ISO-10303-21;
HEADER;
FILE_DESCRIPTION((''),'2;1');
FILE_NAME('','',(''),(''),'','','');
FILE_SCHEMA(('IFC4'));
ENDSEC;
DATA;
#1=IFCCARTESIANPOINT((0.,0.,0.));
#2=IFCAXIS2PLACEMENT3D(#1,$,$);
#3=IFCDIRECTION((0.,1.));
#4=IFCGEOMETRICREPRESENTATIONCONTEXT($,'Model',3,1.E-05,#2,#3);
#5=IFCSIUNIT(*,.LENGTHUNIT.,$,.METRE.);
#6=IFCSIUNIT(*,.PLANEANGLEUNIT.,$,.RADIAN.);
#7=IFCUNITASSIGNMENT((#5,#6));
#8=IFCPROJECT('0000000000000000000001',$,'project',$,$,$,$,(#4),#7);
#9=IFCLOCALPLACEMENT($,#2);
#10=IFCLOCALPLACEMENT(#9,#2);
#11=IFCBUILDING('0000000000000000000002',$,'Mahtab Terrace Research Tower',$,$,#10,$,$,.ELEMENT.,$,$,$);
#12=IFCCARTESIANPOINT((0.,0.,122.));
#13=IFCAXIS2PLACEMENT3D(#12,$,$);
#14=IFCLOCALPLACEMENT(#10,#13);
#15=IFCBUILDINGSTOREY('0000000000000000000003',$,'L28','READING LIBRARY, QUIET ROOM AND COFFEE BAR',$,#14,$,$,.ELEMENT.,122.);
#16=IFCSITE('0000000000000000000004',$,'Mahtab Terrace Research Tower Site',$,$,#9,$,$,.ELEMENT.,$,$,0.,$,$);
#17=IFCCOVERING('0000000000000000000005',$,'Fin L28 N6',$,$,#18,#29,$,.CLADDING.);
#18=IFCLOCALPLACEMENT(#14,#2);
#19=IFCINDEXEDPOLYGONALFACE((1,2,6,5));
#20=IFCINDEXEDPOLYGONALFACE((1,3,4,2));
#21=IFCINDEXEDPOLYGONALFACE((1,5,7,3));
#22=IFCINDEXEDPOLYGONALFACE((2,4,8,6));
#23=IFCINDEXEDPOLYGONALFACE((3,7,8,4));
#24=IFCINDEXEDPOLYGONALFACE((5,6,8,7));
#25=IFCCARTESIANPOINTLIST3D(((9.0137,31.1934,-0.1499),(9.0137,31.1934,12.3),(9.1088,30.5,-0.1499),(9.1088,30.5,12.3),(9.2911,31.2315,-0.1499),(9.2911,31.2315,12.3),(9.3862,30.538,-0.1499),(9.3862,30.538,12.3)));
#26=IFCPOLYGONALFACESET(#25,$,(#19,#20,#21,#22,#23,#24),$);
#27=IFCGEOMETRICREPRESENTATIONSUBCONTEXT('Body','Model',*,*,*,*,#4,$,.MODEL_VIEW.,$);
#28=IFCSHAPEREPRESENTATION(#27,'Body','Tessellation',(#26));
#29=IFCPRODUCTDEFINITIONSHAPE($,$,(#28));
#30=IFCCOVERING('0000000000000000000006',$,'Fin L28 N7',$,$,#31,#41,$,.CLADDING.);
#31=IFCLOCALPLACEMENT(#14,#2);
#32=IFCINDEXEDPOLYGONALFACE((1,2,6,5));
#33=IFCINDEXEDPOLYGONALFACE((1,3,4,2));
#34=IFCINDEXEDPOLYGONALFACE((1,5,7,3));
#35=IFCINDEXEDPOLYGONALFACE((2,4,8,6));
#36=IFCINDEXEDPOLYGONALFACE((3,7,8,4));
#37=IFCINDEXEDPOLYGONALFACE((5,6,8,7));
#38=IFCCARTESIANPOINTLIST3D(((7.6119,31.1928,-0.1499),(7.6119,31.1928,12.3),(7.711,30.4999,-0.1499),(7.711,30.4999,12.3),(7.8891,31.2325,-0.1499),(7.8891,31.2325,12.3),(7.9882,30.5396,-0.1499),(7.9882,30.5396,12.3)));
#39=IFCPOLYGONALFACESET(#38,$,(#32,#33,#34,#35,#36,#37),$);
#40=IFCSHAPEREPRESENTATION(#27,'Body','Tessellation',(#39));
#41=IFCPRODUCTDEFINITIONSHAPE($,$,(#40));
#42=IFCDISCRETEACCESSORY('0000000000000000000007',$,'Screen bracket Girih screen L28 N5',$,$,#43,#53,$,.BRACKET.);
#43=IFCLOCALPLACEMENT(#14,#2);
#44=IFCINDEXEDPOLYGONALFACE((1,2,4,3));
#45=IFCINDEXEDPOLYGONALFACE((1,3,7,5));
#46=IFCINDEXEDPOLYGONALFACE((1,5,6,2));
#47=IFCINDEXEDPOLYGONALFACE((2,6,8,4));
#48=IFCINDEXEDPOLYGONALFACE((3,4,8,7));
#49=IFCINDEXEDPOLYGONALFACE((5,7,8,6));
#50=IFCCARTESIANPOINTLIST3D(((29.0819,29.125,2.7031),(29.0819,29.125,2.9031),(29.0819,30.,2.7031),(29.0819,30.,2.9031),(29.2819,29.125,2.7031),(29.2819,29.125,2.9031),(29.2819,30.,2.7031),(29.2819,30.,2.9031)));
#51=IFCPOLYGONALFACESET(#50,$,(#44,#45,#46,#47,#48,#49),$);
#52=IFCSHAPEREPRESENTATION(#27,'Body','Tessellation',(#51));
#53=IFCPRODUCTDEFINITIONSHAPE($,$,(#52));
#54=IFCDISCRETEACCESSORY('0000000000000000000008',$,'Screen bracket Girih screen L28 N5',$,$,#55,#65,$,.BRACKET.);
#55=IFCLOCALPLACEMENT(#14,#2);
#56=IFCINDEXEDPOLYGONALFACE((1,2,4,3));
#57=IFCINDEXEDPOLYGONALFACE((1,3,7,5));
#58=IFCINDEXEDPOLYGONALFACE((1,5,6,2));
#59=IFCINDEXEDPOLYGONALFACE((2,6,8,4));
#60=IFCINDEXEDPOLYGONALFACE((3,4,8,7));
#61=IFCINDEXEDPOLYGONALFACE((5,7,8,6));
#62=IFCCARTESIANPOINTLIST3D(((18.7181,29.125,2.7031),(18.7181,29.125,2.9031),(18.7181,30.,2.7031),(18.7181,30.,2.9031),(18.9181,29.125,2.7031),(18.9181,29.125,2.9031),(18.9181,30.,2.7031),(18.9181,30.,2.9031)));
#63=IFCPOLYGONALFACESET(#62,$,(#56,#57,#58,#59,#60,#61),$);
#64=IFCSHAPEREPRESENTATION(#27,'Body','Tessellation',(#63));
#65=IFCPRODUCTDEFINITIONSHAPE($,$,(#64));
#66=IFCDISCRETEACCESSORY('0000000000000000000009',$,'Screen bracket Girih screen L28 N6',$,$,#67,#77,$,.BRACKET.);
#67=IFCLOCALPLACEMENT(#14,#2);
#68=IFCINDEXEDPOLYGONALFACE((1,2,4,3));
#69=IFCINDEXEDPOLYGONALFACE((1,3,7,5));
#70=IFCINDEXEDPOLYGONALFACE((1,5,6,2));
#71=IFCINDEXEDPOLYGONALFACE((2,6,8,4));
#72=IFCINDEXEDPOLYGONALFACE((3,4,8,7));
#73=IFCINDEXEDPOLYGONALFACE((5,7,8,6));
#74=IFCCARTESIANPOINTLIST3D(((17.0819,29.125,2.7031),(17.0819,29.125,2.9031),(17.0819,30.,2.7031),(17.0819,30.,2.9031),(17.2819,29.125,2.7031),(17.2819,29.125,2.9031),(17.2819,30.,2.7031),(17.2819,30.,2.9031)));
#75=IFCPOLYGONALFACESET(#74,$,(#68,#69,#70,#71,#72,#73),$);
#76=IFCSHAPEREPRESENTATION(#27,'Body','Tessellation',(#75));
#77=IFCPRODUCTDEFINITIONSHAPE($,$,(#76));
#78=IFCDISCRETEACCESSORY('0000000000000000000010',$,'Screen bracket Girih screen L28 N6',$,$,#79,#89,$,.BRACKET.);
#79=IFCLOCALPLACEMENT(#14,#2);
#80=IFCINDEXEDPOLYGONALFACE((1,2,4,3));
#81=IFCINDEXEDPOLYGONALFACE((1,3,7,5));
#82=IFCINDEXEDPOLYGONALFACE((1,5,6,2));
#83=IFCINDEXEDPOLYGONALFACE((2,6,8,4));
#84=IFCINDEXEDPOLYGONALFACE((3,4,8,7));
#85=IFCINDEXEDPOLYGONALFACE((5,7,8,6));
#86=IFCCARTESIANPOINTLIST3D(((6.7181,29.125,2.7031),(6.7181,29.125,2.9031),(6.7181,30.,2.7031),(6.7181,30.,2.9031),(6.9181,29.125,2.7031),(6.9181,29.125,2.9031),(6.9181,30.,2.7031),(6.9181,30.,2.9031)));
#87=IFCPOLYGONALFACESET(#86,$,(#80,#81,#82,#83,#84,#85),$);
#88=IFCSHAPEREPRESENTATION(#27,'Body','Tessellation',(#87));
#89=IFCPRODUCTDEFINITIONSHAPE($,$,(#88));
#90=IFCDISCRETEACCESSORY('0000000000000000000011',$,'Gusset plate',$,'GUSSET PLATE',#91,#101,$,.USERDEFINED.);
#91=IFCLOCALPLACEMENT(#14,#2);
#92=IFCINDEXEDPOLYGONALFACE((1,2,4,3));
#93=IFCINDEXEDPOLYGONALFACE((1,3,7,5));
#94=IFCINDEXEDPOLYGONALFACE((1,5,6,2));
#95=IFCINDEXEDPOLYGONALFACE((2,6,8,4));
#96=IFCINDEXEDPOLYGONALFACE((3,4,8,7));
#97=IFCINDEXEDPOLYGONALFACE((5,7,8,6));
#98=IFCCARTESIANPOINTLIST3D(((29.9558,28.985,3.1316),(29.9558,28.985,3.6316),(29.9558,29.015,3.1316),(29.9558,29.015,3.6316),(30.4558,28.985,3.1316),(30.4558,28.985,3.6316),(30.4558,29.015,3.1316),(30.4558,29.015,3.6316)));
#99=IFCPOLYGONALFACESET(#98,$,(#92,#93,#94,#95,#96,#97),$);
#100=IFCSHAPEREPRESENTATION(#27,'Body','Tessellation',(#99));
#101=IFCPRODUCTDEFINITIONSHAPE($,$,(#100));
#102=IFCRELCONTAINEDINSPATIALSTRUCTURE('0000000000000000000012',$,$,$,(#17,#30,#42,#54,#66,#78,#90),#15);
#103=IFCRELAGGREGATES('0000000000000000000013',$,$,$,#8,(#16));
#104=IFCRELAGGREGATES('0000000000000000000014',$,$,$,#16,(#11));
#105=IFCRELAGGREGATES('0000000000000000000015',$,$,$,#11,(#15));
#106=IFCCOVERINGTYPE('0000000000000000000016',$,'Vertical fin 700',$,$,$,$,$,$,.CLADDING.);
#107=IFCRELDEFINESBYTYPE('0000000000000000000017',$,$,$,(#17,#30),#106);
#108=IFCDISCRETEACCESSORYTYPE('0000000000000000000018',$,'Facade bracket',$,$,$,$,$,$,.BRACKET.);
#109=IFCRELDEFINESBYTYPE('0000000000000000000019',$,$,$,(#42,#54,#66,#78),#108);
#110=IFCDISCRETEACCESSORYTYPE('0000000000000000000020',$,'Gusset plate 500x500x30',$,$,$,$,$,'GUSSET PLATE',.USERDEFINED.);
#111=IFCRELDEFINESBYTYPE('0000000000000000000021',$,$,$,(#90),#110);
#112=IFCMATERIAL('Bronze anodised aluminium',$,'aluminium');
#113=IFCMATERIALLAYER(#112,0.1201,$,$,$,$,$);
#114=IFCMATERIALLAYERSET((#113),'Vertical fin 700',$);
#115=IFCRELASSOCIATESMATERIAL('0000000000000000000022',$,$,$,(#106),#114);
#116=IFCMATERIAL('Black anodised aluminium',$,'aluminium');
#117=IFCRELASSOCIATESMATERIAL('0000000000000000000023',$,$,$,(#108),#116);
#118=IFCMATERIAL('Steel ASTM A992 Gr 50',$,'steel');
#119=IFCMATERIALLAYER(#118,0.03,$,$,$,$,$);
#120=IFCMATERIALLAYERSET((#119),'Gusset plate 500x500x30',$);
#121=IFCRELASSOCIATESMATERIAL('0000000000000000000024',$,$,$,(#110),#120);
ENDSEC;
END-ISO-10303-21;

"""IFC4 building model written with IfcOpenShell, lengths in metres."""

from ifc_helpers import new_model, si_unit, direction, frame, origin, origin_2d, place, context, subcontext, project, spatial, rectangle, extrude, material, layer, layer_set, type_object, element, save


model = new_model("IFC4")

# Units and contexts
model_context = context("Model", 3, precision=1e-05, world=origin(), true_north=direction((0.0, 1.0)))
body_context = subcontext(model_context, "Body", "Model", "MODEL_VIEW")
ifc_project = project(units=[si_unit("LENGTHUNIT", "METRE"), si_unit("PLANEANGLEUNIT", "RADIAN")], contexts=[model_context])

# Site, building, storey
site_placement = place(None, origin())
site = spatial("IfcSite", under=ifc_project, at=site_placement, Name="Mahtab Terrace Research Tower Site", CompositionType="ELEMENT", RefElevation=0.0)
building_placement = place(site_placement, origin())
building = spatial("IfcBuilding", under=site, at=building_placement, Name="Mahtab Terrace Research Tower", CompositionType="ELEMENT")
storey_placement = place(building_placement, frame((0.0, 0.0, 122.0)))
storey = spatial("IfcBuildingStorey", under=building, at=storey_placement, Name="L28", Description="READING LIBRARY, QUIET ROOM AND COFFEE BAR", CompositionType="ELEMENT", Elevation=122.0)

# Shared definitions
ifc_material_1 = material(Name="Steel ASTM A992 Gr 50", Category="steel")

# Coverings
ifc_material_2 = material(Name="Bronze anodised aluminium", Category="aluminium")
ifc_layer_1 = layer(ifc_material_2, 0.1201)
ifc_layer_set_1 = layer_set([ifc_layer_1], Name="Vertical fin 700")
covering_type_1 = type_object("IfcCoveringType", Name="Vertical fin 700", PredefinedType="CLADDING", material=ifc_layer_set_1)
for number, where, z_axis, x_axis, name in (
    (1, (9.2, 30.8657, -0.1499), (0.0, 0.0, 1.0), (-0.990725, -0.13588, 0.0), "Fin L28 N6"),
    (2, (7.8, 30.8662, -0.1499), (0.0, 0.0, 1.0), (-0.989918, -0.141642, 0.0), "Fin L28 N7"),
):
    element("IfcCovering", number, at=place(storey_placement, frame(where, z_axis=z_axis, x_axis=x_axis)), inside=storey, type_object=covering_type_1, Name=name, PredefinedType="CLADDING", context=body_context, shape_type="SweptSolid", body=[
        extrude(rectangle(XDim=0.28, YDim=0.7, at=origin_2d()), origin(), (0.0, 0.0, 1.0), 12.45),
    ])

# Discrete accessories
ifc_material_3 = material(Name="Black anodised aluminium", Category="aluminium")
discrete_accessory_type_1 = type_object("IfcDiscreteAccessoryType", Name="Facade bracket", PredefinedType="BRACKET", material=ifc_material_3)
for number, where, z_axis, x_axis, name in (
    (3, (29.1819, 29.5625, 2.7031), (0.0, 0.0, 1.0), (-1.0, 0.0, 0.0), "Screen bracket Girih screen L28 N5"),
    (4, (18.8181, 29.5625, 2.7031), (0.0, 0.0, 1.0), (-1.0, 0.0, 0.0), "Screen bracket Girih screen L28 N5"),
    (5, (17.1819, 29.5625, 2.7031), (0.0, 0.0, 1.0), (-1.0, 0.0, 0.0), "Screen bracket Girih screen L28 N6"),
    (6, (6.8181, 29.5625, 2.7031), (0.0, 0.0, 1.0), (-1.0, 0.0, 0.0), "Screen bracket Girih screen L28 N6"),
):
    element("IfcDiscreteAccessory", number, at=place(storey_placement, frame(where, z_axis=z_axis, x_axis=x_axis)), inside=storey, type_object=discrete_accessory_type_1, Name=name, PredefinedType="BRACKET", context=body_context, shape_type="SweptSolid", body=[
        extrude(rectangle(XDim=0.2, YDim=0.875, at=origin_2d()), origin(), (0.0, 0.0, 1.0), 0.2),
    ])
ifc_layer_2 = layer(ifc_material_1, 0.03)
ifc_layer_set_2 = layer_set([ifc_layer_2], Name="Gusset plate 500x500x30")
discrete_accessory_type_2 = type_object("IfcDiscreteAccessoryType", Name="Gusset plate 500x500x30", ElementType="GUSSET PLATE", PredefinedType="USERDEFINED", material=ifc_layer_set_2)
discrete_accessory_placement = place(storey_placement, frame((30.2058, 29.0, 3.1316), z_axis=(0.0, 0.0, 1.0), x_axis=(1.0, 0.0, 0.0)))
element("IfcDiscreteAccessory", 7, at=discrete_accessory_placement, inside=storey, type_object=discrete_accessory_type_2, Name="Gusset plate", ObjectType="GUSSET PLATE", PredefinedType="USERDEFINED", context=body_context, shape_type="SweptSolid", body=[
    extrude(rectangle(XDim=0.5, YDim=0.03, at=origin_2d()), origin(), (0.0, 0.0, 1.0), 0.5),
])

save(model, "model.ifc")
